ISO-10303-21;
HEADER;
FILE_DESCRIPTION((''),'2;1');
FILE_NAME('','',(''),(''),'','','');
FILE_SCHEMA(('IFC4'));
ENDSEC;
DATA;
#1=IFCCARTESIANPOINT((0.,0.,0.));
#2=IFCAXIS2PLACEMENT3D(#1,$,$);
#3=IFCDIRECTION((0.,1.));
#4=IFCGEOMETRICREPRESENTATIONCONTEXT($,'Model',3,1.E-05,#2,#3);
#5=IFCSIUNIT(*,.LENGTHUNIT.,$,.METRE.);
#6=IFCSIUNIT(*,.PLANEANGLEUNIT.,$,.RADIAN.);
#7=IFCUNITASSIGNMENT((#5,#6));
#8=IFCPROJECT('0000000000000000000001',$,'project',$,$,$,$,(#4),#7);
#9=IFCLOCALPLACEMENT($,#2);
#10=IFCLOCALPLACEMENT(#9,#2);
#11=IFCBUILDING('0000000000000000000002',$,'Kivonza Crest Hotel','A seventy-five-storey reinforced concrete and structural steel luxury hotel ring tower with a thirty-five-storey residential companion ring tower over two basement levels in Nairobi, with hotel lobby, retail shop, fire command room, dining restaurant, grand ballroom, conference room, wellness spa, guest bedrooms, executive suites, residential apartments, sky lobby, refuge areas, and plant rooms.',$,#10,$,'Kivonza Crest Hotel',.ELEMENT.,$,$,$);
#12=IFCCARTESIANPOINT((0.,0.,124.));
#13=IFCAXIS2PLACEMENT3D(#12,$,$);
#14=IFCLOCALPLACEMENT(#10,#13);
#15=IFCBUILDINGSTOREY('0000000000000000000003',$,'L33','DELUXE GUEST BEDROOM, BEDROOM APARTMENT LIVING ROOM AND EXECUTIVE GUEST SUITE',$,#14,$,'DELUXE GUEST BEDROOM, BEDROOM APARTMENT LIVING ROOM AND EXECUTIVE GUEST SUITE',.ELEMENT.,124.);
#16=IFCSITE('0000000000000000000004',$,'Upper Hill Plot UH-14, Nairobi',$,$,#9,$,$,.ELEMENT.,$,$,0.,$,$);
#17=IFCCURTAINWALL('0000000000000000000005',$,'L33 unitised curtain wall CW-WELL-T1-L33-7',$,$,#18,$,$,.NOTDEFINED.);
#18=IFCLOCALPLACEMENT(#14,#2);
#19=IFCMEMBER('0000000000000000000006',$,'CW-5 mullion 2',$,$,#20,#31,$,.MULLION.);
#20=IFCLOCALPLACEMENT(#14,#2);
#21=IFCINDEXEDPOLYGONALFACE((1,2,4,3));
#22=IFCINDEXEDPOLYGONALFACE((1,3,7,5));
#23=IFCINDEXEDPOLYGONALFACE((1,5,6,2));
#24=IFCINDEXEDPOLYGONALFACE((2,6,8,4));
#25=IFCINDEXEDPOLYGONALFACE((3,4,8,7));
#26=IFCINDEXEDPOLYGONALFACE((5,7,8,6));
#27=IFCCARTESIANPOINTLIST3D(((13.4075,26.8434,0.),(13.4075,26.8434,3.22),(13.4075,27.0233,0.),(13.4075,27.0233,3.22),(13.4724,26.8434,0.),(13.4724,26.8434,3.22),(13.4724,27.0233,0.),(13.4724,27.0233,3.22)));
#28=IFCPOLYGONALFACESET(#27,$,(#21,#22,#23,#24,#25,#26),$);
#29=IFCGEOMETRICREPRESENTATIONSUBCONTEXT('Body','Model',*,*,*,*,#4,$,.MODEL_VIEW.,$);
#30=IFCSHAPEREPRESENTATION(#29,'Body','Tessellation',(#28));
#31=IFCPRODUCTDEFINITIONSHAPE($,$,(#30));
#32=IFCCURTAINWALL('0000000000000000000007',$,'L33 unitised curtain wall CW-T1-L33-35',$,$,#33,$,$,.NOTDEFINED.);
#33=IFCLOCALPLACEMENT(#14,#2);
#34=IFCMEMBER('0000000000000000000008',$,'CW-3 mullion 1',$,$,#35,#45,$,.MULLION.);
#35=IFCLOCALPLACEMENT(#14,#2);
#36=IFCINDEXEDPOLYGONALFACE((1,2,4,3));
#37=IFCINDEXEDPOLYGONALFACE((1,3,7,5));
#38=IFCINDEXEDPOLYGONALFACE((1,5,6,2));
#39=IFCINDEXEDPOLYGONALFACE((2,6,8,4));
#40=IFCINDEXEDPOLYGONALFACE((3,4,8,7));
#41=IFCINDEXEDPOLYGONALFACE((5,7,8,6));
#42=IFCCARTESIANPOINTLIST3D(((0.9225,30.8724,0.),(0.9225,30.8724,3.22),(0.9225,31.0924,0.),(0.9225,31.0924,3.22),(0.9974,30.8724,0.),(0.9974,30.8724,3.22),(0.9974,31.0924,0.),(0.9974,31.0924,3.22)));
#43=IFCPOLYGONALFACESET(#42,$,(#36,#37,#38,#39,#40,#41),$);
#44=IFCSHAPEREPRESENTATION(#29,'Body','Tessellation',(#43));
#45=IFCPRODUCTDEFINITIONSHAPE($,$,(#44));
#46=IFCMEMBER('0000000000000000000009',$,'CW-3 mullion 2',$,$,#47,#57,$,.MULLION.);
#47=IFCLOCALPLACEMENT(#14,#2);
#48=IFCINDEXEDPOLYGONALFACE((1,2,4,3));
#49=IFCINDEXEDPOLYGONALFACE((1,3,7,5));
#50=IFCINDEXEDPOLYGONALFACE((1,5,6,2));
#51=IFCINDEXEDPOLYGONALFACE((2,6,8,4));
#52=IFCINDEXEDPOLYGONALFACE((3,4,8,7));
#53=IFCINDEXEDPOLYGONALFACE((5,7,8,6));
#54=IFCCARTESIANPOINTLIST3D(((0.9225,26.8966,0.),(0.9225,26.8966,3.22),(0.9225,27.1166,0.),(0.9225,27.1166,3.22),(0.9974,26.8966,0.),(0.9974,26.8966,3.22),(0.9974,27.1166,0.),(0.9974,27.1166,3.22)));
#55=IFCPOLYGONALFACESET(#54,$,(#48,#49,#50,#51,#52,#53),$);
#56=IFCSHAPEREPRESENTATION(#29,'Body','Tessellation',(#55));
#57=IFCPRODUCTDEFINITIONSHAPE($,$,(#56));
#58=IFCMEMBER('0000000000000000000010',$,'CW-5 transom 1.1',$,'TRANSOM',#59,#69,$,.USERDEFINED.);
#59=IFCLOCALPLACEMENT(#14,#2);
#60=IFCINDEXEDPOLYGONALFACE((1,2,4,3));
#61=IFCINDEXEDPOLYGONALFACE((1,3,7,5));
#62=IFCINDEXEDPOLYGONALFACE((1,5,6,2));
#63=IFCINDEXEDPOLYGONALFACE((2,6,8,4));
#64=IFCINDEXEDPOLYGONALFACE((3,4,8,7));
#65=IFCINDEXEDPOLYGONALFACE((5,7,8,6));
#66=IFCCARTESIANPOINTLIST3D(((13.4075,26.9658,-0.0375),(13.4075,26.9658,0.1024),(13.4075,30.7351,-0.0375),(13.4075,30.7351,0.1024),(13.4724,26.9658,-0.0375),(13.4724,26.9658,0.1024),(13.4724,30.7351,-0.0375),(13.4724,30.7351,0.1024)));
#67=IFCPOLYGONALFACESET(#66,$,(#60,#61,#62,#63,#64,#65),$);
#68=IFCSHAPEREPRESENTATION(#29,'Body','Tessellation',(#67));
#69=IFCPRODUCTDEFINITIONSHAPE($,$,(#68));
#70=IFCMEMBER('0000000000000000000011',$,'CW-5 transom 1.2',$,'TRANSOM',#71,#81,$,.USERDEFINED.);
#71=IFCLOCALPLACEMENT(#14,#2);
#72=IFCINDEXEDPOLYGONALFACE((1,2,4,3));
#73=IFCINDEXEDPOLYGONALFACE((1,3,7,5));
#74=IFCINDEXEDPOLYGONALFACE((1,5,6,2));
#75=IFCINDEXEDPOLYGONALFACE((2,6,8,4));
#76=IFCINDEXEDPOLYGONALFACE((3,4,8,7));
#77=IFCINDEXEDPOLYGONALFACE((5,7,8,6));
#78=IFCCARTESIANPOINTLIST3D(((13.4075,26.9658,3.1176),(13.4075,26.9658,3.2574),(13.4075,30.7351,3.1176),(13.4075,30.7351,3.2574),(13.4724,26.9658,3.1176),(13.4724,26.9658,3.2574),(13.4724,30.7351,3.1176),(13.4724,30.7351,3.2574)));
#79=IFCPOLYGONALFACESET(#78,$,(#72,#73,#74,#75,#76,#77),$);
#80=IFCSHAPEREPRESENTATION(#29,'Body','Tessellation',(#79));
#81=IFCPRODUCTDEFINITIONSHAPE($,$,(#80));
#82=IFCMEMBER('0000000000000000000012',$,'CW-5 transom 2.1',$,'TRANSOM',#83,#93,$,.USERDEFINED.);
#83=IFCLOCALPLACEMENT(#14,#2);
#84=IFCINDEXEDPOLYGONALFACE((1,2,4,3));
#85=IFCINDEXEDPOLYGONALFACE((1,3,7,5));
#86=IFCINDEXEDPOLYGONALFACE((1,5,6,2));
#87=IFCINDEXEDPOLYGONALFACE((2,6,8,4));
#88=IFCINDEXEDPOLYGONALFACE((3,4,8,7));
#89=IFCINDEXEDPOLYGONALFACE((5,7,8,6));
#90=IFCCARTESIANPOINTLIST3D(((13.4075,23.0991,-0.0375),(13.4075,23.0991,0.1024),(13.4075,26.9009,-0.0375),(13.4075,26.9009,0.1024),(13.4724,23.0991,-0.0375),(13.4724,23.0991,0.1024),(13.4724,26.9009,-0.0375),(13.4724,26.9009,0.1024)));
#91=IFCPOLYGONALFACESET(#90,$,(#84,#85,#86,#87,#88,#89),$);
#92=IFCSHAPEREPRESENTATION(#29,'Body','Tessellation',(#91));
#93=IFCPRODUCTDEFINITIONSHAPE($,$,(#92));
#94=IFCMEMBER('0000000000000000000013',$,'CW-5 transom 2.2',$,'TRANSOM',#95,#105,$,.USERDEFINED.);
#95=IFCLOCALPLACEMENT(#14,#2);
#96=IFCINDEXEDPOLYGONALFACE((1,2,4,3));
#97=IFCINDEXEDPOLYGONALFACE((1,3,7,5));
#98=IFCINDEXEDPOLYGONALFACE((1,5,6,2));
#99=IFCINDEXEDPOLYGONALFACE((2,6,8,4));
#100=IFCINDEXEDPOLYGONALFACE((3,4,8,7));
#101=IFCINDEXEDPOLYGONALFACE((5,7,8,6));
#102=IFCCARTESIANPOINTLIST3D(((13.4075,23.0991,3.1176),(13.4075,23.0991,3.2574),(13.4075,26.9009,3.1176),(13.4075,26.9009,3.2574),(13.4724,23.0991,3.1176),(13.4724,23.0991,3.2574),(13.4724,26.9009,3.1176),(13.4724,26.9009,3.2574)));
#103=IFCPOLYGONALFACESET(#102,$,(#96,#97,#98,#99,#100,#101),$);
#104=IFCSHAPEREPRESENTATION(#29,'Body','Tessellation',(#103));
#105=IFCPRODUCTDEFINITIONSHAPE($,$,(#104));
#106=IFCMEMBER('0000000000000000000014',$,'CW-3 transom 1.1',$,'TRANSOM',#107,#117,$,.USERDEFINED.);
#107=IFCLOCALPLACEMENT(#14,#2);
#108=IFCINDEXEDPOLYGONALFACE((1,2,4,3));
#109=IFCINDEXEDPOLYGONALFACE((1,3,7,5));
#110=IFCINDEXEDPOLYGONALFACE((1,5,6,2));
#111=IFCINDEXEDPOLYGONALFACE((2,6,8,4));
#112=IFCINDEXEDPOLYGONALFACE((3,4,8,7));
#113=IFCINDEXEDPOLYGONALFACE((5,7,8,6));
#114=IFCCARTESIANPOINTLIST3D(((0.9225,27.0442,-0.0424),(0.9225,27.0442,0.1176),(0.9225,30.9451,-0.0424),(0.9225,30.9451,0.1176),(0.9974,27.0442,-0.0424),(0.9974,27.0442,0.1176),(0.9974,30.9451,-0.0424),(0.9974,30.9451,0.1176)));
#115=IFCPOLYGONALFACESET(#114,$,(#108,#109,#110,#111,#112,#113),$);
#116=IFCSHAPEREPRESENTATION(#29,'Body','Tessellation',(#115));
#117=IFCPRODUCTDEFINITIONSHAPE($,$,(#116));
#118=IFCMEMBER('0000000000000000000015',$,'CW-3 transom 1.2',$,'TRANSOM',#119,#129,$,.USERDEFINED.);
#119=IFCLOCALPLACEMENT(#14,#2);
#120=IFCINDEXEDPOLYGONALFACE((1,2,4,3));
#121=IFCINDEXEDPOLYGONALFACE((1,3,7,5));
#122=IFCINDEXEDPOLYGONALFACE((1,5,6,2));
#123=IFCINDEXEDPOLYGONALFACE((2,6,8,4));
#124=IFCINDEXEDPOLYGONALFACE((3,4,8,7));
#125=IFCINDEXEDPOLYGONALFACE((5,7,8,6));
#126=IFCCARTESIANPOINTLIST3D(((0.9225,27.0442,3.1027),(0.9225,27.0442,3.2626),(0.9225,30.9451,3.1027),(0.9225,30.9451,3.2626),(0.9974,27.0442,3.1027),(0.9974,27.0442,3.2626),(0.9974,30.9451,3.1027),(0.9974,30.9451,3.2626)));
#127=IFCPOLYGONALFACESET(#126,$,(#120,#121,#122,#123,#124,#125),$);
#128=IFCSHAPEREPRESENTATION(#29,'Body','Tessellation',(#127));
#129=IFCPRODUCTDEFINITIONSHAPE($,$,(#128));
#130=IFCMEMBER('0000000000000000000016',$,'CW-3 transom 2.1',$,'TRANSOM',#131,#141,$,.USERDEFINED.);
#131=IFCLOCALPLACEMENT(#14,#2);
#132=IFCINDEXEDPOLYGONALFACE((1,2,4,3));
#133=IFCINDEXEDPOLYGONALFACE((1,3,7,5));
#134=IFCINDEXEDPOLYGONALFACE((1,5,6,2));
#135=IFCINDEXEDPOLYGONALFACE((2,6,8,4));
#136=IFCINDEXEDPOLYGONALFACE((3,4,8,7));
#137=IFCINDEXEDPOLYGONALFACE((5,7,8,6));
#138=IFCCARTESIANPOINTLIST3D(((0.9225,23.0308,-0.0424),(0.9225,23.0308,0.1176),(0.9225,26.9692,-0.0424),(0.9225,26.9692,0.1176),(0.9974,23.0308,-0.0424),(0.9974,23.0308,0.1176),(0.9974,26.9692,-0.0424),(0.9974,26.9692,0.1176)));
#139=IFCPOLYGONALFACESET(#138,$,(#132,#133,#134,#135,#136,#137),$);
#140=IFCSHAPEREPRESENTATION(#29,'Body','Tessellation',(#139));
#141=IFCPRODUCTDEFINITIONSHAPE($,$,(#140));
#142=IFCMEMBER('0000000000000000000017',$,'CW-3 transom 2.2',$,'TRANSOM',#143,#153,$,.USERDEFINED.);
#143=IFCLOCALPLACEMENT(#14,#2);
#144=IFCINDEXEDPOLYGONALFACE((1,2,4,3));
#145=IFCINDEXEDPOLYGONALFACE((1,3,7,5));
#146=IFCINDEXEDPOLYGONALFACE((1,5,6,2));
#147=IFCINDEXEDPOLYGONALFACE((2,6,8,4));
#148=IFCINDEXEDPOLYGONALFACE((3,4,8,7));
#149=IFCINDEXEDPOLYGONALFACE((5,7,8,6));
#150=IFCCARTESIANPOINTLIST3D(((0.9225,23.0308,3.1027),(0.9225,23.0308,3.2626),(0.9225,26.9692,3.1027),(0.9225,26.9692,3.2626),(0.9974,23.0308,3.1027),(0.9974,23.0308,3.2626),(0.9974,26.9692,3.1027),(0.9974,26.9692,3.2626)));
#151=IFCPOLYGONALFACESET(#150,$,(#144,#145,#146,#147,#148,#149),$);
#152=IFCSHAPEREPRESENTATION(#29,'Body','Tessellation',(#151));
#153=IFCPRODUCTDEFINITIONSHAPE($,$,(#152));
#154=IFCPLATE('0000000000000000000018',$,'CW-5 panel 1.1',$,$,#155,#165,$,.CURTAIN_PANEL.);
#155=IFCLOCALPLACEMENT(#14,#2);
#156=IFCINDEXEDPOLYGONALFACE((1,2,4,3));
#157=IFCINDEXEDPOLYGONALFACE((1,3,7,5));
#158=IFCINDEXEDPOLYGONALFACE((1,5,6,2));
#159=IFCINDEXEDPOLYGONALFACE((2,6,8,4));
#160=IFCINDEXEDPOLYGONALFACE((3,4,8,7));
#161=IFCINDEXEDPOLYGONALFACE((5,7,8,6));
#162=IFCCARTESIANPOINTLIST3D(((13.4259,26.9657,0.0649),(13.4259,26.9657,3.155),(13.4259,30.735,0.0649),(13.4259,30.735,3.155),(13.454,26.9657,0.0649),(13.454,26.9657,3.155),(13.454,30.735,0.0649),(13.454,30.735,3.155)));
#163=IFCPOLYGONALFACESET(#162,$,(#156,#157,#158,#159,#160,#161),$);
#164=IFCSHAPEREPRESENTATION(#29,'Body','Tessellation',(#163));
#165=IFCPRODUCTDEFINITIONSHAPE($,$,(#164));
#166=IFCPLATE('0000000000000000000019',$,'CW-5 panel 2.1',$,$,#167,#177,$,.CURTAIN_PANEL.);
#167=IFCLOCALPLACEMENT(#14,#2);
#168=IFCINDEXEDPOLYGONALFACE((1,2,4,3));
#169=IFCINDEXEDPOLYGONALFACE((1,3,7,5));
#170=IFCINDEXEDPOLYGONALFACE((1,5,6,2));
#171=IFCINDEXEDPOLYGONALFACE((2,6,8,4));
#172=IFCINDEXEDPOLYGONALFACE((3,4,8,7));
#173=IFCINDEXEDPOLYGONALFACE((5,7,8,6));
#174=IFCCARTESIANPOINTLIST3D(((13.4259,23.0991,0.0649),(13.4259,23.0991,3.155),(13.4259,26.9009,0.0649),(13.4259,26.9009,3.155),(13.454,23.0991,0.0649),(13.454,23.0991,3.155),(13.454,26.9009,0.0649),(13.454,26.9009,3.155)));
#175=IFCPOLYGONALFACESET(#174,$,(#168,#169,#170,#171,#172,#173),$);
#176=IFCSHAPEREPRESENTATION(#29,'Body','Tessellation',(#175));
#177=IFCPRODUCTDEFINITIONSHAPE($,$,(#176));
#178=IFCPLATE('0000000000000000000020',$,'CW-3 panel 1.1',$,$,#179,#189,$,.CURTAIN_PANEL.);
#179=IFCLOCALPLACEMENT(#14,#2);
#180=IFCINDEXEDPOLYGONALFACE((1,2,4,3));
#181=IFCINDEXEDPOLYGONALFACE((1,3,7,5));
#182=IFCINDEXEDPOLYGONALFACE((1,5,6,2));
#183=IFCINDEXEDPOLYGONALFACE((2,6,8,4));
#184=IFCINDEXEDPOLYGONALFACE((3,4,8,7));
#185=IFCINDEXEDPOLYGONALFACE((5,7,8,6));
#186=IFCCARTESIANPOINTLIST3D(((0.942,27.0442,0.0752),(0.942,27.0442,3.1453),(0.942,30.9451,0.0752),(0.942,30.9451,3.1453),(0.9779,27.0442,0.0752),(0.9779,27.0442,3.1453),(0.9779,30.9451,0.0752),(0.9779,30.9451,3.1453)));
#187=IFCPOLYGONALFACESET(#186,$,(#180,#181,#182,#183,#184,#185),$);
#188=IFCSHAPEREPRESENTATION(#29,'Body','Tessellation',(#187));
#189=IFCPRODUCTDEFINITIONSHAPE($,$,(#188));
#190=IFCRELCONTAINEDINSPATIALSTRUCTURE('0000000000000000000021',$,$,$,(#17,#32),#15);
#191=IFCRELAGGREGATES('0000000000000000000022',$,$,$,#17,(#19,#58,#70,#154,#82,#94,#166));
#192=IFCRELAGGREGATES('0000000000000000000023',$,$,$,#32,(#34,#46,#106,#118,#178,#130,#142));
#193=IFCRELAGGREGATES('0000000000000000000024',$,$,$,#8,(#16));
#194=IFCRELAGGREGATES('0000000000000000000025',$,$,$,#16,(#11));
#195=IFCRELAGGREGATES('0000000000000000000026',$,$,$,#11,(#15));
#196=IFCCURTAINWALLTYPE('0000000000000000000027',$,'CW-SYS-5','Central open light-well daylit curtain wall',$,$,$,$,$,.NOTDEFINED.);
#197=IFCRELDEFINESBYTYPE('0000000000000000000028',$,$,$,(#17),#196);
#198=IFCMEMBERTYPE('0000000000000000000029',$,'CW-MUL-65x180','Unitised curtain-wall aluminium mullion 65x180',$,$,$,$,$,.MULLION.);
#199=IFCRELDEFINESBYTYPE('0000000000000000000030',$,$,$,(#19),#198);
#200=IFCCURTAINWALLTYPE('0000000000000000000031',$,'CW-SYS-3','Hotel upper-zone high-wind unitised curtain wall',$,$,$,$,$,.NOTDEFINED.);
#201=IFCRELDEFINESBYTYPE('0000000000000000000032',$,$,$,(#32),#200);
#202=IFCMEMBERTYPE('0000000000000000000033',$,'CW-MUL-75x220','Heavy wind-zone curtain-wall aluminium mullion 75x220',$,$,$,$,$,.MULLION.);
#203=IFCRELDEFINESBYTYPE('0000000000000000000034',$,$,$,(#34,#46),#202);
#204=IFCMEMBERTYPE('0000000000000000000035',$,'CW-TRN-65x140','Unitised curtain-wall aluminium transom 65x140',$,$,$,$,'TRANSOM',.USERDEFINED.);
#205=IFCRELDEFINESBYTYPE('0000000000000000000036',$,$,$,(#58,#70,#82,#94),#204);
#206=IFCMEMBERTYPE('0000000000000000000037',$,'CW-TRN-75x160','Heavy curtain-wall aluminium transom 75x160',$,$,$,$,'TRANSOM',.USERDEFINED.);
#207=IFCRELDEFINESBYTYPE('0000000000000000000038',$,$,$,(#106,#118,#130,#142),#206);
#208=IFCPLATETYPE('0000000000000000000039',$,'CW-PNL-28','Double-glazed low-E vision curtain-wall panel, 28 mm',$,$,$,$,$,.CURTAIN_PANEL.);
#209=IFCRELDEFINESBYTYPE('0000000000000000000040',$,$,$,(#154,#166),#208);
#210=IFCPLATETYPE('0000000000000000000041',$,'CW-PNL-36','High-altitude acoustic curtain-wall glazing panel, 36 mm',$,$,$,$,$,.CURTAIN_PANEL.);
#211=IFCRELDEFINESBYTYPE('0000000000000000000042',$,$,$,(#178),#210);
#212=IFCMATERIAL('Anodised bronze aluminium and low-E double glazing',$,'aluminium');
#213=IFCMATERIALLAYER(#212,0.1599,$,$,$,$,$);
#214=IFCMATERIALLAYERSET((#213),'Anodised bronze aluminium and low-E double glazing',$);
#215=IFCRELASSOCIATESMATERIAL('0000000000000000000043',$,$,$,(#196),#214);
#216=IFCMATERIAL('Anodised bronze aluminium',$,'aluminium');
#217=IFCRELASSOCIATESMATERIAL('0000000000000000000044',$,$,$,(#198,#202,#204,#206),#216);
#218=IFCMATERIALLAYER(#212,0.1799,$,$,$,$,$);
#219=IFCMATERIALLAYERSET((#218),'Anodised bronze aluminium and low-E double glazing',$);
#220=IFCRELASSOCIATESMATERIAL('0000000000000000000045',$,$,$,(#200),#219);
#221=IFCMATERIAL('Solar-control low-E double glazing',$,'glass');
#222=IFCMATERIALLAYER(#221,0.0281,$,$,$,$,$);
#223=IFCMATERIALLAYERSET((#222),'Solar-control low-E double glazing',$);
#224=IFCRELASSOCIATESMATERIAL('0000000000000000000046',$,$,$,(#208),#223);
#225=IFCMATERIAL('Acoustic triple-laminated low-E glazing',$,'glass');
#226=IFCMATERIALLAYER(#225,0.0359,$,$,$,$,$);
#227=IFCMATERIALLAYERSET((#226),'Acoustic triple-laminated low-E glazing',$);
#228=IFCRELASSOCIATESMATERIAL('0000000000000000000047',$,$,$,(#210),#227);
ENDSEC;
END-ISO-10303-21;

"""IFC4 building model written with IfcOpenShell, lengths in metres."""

from ifc_helpers import new_model, si_unit, direction, frame, origin, origin_2d, place, context, subcontext, project, spatial, rectangle, extrude, material, layer, layer_set, material_profile, profile_set, type_object, element, aggregate, save


model = new_model("IFC4")

# Units and contexts
model_context = context("Model", 3, precision=1e-05, world=origin(), true_north=direction((0.0, 1.0)))
body_context = subcontext(model_context, "Body", "Model", "MODEL_VIEW")
ifc_project = project(units=[si_unit("LENGTHUNIT", "METRE"), si_unit("PLANEANGLEUNIT", "RADIAN")], contexts=[model_context])

# Site, building, storey
site_placement = place(None, origin())
site = spatial("IfcSite", under=ifc_project, at=site_placement, Name="Upper Hill Plot UH-14, Nairobi", CompositionType="ELEMENT", RefElevation=0.0)
building_placement = place(site_placement, origin())
building = spatial("IfcBuilding", under=site, at=building_placement, Name="Kivonza Crest Hotel", Description="A seventy-five-storey reinforced concrete and structural steel luxury hotel ring tower with a thirty-five-storey residential companion ring tower over two basement levels in Nairobi, with hotel lobby, retail shop, fire command room, dining restaurant, grand ballroom, conference room, wellness spa, guest bedrooms, executive suites, residential apartments, sky lobby, refuge areas, and plant rooms.", LongName="Kivonza Crest Hotel", CompositionType="ELEMENT")
storey_placement = place(building_placement, frame((0.0, 0.0, 124.0)))
storey = spatial("IfcBuildingStorey", under=building, at=storey_placement, Name="L33", Description="DELUXE GUEST BEDROOM, BEDROOM APARTMENT LIVING ROOM AND EXECUTIVE GUEST SUITE", LongName="DELUXE GUEST BEDROOM, BEDROOM APARTMENT LIVING ROOM AND EXECUTIVE GUEST SUITE", CompositionType="ELEMENT", Elevation=124.0)

# Curtain walls, members
ifc_material_1 = material(Name="Anodised bronze aluminium and low-E double glazing", Category="aluminium")
ifc_layer_1 = layer(ifc_material_1, 0.1599)
ifc_layer_set_1 = layer_set([ifc_layer_1], Name="Anodised bronze aluminium and low-E double glazing")
curtain_wall_type_1 = type_object("IfcCurtainWallType", Name="CW-SYS-5", Description="Central open light-well daylit curtain wall", PredefinedType="NOTDEFINED", material=ifc_layer_set_1)
curtain_wall_1_placement = place(storey_placement, origin())
curtain_wall_1 = element("IfcCurtainWall", 1, at=curtain_wall_1_placement, inside=storey, type_object=curtain_wall_type_1, Name="L33 unitised curtain wall CW-WELL-T1-L33-7", PredefinedType="NOTDEFINED")
ifc_material_2 = material(Name="Anodised bronze aluminium", Category="aluminium")
ifc_material_profile_1 = material_profile(ifc_material_2, rectangle(XDim=0.0649, YDim=0.1799, at=origin_2d()), Name="CW-M 65x180")
ifc_profile_set_1 = profile_set([ifc_material_profile_1], Name="Anodised bronze aluminium")
member_type_1 = type_object("IfcMemberType", Name="CW-MUL-65x180", Description="Unitised curtain-wall aluminium mullion 65x180", PredefinedType="MULLION", material=ifc_profile_set_1)
member_1_placement = place(storey_placement, frame((13.4399, 26.9333, 0.0), z_axis=(0.0, 0.0, 1.0), x_axis=(1.0, 0.0, 0.0)))
member_1 = element("IfcMember", 2, at=member_1_placement, type_object=member_type_1, Name="CW-5 mullion 2", PredefinedType="MULLION", context=body_context, shape_type="SweptSolid", body=[
    extrude(rectangle(XDim=0.0649, YDim=0.1799, at=origin_2d()), origin(), (0.0, 0.0, 1.0), 3.22),
])
ifc_layer_2 = layer(ifc_material_1, 0.1799)
ifc_layer_set_2 = layer_set([ifc_layer_2], Name="Anodised bronze aluminium and low-E double glazing")
curtain_wall_type_2 = type_object("IfcCurtainWallType", Name="CW-SYS-3", Description="Hotel upper-zone high-wind unitised curtain wall", PredefinedType="NOTDEFINED", material=ifc_layer_set_2)
curtain_wall_2_placement = place(storey_placement, origin())
curtain_wall_2 = element("IfcCurtainWall", 3, at=curtain_wall_2_placement, inside=storey, type_object=curtain_wall_type_2, Name="L33 unitised curtain wall CW-T1-L33-35", PredefinedType="NOTDEFINED")
ifc_material_profile_2 = material_profile(ifc_material_2, rectangle(XDim=0.075, YDim=0.22, at=origin_2d()), Name="CW-M 75x220")
ifc_profile_set_2 = profile_set([ifc_material_profile_2], Name="Anodised bronze aluminium")
member_type_2 = type_object("IfcMemberType", Name="CW-MUL-75x220", Description="Heavy wind-zone curtain-wall aluminium mullion 75x220", PredefinedType="MULLION", material=ifc_profile_set_2)
member_2_placement = place(storey_placement, frame((0.96, 30.9824, 0.0), z_axis=(0.0, 0.0, 1.0), x_axis=(1.0, 0.0, 0.0)))
member_2 = element("IfcMember", 4, at=member_2_placement, type_object=member_type_2, Name="CW-3 mullion 1", PredefinedType="MULLION", context=body_context, shape_type="SweptSolid", body=[
    extrude(rectangle(XDim=0.075, YDim=0.22, at=origin_2d()), origin(), (0.0, 0.0, 1.0), 3.22),
])
member_3_placement = place(storey_placement, frame((0.96, 27.0066, 0.0), z_axis=(0.0, 0.0, 1.0), x_axis=(1.0, 0.0, 0.0)))
member_3 = element("IfcMember", 5, at=member_3_placement, type_object=member_type_2, Name="CW-3 mullion 2", PredefinedType="MULLION", context=body_context, shape_type="SweptSolid", body=[
    extrude(rectangle(XDim=0.075, YDim=0.22, at=origin_2d()), origin(), (0.0, 0.0, 1.0), 3.22),
])

# Members
ifc_material_profile_3 = material_profile(ifc_material_2, rectangle(XDim=0.0649, YDim=0.1399, at=origin_2d()), Name="CW-T 65x140")
ifc_profile_set_3 = profile_set([ifc_material_profile_3], Name="Anodised bronze aluminium")
member_type_3 = type_object("IfcMemberType", Name="CW-TRN-65x140", Description="Unitised curtain-wall aluminium transom 65x140", ElementType="TRANSOM", PredefinedType="USERDEFINED", material=ifc_profile_set_3)
member_4_placement = place(storey_placement, frame((13.4399, 30.7351, 0.0325), z_axis=(0.0, -1.0, 0.0), x_axis=(1.0, 0.0, 0.0)))
member_4 = element("IfcMember", 6, at=member_4_placement, type_object=member_type_3, Name="CW-5 transom 1.1", ObjectType="TRANSOM", PredefinedType="USERDEFINED", context=body_context, shape_type="SweptSolid", body=[
    extrude(rectangle(XDim=0.0649, YDim=0.1399, at=origin_2d()), origin(), (0.0, 0.0, 1.0), 3.7693),
])
member_5_placement = place(storey_placement, frame((13.4399, 30.7351, 3.1875), z_axis=(0.0, -1.0, 0.0), x_axis=(1.0, 0.0, 0.0)))
member_5 = element("IfcMember", 7, at=member_5_placement, type_object=member_type_3, Name="CW-5 transom 1.2", ObjectType="TRANSOM", PredefinedType="USERDEFINED", context=body_context, shape_type="SweptSolid", body=[
    extrude(rectangle(XDim=0.0649, YDim=0.1399, at=origin_2d()), origin(), (0.0, 0.0, 1.0), 3.7693),
])
member_6_placement = place(storey_placement, frame((13.4399, 26.9009, 0.0325), z_axis=(0.0, -1.0, 0.0), x_axis=(1.0, 0.0, 0.0)))
member_6 = element("IfcMember", 8, at=member_6_placement, type_object=member_type_3, Name="CW-5 transom 2.1", ObjectType="TRANSOM", PredefinedType="USERDEFINED", context=body_context, shape_type="SweptSolid", body=[
    extrude(rectangle(XDim=0.0649, YDim=0.1399, at=origin_2d()), origin(), (0.0, 0.0, 1.0), 3.8018),
])
member_7_placement = place(storey_placement, frame((13.4399, 26.9009, 3.1875), z_axis=(0.0, -1.0, 0.0), x_axis=(1.0, 0.0, 0.0)))
member_7 = element("IfcMember", 9, at=member_7_placement, type_object=member_type_3, Name="CW-5 transom 2.2", ObjectType="TRANSOM", PredefinedType="USERDEFINED", context=body_context, shape_type="SweptSolid", body=[
    extrude(rectangle(XDim=0.0649, YDim=0.1399, at=origin_2d()), origin(), (0.0, 0.0, 1.0), 3.8018),
])
ifc_material_profile_4 = material_profile(ifc_material_2, rectangle(XDim=0.075, YDim=0.1599, at=origin_2d()), Name="CW-T 75x160")
ifc_profile_set_4 = profile_set([ifc_material_profile_4], Name="Anodised bronze aluminium")
member_type_4 = type_object("IfcMemberType", Name="CW-TRN-75x160", Description="Heavy curtain-wall aluminium transom 75x160", ElementType="TRANSOM", PredefinedType="USERDEFINED", material=ifc_profile_set_4)
member_8_placement = place(storey_placement, frame((0.96, 30.9451, 0.0376), z_axis=(0.0, -1.0, 0.0), x_axis=(1.0, 0.0, 0.0)))
member_8 = element("IfcMember", 10, at=member_8_placement, type_object=member_type_4, Name="CW-3 transom 1.1", ObjectType="TRANSOM", PredefinedType="USERDEFINED", context=body_context, shape_type="SweptSolid", body=[
    extrude(rectangle(XDim=0.075, YDim=0.1599, at=origin_2d()), origin(), (0.0, 0.0, 1.0), 3.9009),
])
member_9_placement = place(storey_placement, frame((0.96, 30.9451, 3.1826), z_axis=(0.0, -1.0, 0.0), x_axis=(1.0, 0.0, 0.0)))
member_9 = element("IfcMember", 11, at=member_9_placement, type_object=member_type_4, Name="CW-3 transom 1.2", ObjectType="TRANSOM", PredefinedType="USERDEFINED", context=body_context, shape_type="SweptSolid", body=[
    extrude(rectangle(XDim=0.075, YDim=0.1599, at=origin_2d()), origin(), (0.0, 0.0, 1.0), 3.9009),
])
member_10_placement = place(storey_placement, frame((0.96, 26.9692, 0.0376), z_axis=(0.0, -1.0, 0.0), x_axis=(1.0, 0.0, 0.0)))
member_10 = element("IfcMember", 12, at=member_10_placement, type_object=member_type_4, Name="CW-3 transom 2.1", ObjectType="TRANSOM", PredefinedType="USERDEFINED", context=body_context, shape_type="SweptSolid", body=[
    extrude(rectangle(XDim=0.075, YDim=0.1599, at=origin_2d()), origin(), (0.0, 0.0, 1.0), 3.9385),
])
member_11_placement = place(storey_placement, frame((0.96, 26.9692, 3.1826), z_axis=(0.0, -1.0, 0.0), x_axis=(1.0, 0.0, 0.0)))
member_11 = element("IfcMember", 13, at=member_11_placement, type_object=member_type_4, Name="CW-3 transom 2.2", ObjectType="TRANSOM", PredefinedType="USERDEFINED", context=body_context, shape_type="SweptSolid", body=[
    extrude(rectangle(XDim=0.075, YDim=0.1599, at=origin_2d()), origin(), (0.0, 0.0, 1.0), 3.9385),
])

# Plates
ifc_material_3 = material(Name="Solar-control low-E double glazing", Category="glass")
ifc_layer_3 = layer(ifc_material_3, 0.0281)
ifc_layer_set_3 = layer_set([ifc_layer_3], Name="Solar-control low-E double glazing")
plate_type_1 = type_object("IfcPlateType", Name="CW-PNL-28", Description="Double-glazed low-E vision curtain-wall panel, 28 mm", PredefinedType="CURTAIN_PANEL", material=ifc_layer_set_3)
plate_1_placement = place(storey_placement, frame((13.4399, 28.8503, 0.0649), z_axis=(0.0, 0.0, 1.0), x_axis=(0.0, -1.0, 0.0)))
plate_1 = element("IfcPlate", 14, at=plate_1_placement, type_object=plate_type_1, Name="CW-5 panel 1.1", PredefinedType="CURTAIN_PANEL", context=body_context, shape_type="SweptSolid", body=[
    extrude(rectangle(XDim=3.7693, YDim=0.0281, at=origin_2d()), origin(), (0.0, 0.0, 1.0), 3.0901),
])
plate_2_placement = place(storey_placement, frame((13.4399, 25.0, 0.0649), z_axis=(0.0, 0.0, 1.0), x_axis=(0.0, -1.0, 0.0)))
plate_2 = element("IfcPlate", 15, at=plate_2_placement, type_object=plate_type_1, Name="CW-5 panel 2.1", PredefinedType="CURTAIN_PANEL", context=body_context, shape_type="SweptSolid", body=[
    extrude(rectangle(XDim=3.8018, YDim=0.0281, at=origin_2d()), origin(), (0.0, 0.0, 1.0), 3.0901),
])
aggregate(curtain_wall_1, [member_1, member_4, member_5, plate_1, member_6, member_7, plate_2])
ifc_material_4 = material(Name="Acoustic triple-laminated low-E glazing", Category="glass")
ifc_layer_4 = layer(ifc_material_4, 0.0359)
ifc_layer_set_4 = layer_set([ifc_layer_4], Name="Acoustic triple-laminated low-E glazing")
plate_type_2 = type_object("IfcPlateType", Name="CW-PNL-36", Description="High-altitude acoustic curtain-wall glazing panel, 36 mm", PredefinedType="CURTAIN_PANEL", material=ifc_layer_set_4)
plate_3_placement = place(storey_placement, frame((0.96, 28.9946, 0.0752), z_axis=(0.0, 0.0, 1.0), x_axis=(0.0, -1.0, 0.0)))
plate_3 = element("IfcPlate", 16, at=plate_3_placement, type_object=plate_type_2, Name="CW-3 panel 1.1", PredefinedType="CURTAIN_PANEL", context=body_context, shape_type="SweptSolid", body=[
    extrude(rectangle(XDim=3.9009, YDim=0.0359, at=origin_2d()), origin(), (0.0, 0.0, 1.0), 3.0701),
])
aggregate(curtain_wall_2, [member_2, member_3, member_8, member_9, plate_3, member_10, member_11])

save(model, "model.ifc")
